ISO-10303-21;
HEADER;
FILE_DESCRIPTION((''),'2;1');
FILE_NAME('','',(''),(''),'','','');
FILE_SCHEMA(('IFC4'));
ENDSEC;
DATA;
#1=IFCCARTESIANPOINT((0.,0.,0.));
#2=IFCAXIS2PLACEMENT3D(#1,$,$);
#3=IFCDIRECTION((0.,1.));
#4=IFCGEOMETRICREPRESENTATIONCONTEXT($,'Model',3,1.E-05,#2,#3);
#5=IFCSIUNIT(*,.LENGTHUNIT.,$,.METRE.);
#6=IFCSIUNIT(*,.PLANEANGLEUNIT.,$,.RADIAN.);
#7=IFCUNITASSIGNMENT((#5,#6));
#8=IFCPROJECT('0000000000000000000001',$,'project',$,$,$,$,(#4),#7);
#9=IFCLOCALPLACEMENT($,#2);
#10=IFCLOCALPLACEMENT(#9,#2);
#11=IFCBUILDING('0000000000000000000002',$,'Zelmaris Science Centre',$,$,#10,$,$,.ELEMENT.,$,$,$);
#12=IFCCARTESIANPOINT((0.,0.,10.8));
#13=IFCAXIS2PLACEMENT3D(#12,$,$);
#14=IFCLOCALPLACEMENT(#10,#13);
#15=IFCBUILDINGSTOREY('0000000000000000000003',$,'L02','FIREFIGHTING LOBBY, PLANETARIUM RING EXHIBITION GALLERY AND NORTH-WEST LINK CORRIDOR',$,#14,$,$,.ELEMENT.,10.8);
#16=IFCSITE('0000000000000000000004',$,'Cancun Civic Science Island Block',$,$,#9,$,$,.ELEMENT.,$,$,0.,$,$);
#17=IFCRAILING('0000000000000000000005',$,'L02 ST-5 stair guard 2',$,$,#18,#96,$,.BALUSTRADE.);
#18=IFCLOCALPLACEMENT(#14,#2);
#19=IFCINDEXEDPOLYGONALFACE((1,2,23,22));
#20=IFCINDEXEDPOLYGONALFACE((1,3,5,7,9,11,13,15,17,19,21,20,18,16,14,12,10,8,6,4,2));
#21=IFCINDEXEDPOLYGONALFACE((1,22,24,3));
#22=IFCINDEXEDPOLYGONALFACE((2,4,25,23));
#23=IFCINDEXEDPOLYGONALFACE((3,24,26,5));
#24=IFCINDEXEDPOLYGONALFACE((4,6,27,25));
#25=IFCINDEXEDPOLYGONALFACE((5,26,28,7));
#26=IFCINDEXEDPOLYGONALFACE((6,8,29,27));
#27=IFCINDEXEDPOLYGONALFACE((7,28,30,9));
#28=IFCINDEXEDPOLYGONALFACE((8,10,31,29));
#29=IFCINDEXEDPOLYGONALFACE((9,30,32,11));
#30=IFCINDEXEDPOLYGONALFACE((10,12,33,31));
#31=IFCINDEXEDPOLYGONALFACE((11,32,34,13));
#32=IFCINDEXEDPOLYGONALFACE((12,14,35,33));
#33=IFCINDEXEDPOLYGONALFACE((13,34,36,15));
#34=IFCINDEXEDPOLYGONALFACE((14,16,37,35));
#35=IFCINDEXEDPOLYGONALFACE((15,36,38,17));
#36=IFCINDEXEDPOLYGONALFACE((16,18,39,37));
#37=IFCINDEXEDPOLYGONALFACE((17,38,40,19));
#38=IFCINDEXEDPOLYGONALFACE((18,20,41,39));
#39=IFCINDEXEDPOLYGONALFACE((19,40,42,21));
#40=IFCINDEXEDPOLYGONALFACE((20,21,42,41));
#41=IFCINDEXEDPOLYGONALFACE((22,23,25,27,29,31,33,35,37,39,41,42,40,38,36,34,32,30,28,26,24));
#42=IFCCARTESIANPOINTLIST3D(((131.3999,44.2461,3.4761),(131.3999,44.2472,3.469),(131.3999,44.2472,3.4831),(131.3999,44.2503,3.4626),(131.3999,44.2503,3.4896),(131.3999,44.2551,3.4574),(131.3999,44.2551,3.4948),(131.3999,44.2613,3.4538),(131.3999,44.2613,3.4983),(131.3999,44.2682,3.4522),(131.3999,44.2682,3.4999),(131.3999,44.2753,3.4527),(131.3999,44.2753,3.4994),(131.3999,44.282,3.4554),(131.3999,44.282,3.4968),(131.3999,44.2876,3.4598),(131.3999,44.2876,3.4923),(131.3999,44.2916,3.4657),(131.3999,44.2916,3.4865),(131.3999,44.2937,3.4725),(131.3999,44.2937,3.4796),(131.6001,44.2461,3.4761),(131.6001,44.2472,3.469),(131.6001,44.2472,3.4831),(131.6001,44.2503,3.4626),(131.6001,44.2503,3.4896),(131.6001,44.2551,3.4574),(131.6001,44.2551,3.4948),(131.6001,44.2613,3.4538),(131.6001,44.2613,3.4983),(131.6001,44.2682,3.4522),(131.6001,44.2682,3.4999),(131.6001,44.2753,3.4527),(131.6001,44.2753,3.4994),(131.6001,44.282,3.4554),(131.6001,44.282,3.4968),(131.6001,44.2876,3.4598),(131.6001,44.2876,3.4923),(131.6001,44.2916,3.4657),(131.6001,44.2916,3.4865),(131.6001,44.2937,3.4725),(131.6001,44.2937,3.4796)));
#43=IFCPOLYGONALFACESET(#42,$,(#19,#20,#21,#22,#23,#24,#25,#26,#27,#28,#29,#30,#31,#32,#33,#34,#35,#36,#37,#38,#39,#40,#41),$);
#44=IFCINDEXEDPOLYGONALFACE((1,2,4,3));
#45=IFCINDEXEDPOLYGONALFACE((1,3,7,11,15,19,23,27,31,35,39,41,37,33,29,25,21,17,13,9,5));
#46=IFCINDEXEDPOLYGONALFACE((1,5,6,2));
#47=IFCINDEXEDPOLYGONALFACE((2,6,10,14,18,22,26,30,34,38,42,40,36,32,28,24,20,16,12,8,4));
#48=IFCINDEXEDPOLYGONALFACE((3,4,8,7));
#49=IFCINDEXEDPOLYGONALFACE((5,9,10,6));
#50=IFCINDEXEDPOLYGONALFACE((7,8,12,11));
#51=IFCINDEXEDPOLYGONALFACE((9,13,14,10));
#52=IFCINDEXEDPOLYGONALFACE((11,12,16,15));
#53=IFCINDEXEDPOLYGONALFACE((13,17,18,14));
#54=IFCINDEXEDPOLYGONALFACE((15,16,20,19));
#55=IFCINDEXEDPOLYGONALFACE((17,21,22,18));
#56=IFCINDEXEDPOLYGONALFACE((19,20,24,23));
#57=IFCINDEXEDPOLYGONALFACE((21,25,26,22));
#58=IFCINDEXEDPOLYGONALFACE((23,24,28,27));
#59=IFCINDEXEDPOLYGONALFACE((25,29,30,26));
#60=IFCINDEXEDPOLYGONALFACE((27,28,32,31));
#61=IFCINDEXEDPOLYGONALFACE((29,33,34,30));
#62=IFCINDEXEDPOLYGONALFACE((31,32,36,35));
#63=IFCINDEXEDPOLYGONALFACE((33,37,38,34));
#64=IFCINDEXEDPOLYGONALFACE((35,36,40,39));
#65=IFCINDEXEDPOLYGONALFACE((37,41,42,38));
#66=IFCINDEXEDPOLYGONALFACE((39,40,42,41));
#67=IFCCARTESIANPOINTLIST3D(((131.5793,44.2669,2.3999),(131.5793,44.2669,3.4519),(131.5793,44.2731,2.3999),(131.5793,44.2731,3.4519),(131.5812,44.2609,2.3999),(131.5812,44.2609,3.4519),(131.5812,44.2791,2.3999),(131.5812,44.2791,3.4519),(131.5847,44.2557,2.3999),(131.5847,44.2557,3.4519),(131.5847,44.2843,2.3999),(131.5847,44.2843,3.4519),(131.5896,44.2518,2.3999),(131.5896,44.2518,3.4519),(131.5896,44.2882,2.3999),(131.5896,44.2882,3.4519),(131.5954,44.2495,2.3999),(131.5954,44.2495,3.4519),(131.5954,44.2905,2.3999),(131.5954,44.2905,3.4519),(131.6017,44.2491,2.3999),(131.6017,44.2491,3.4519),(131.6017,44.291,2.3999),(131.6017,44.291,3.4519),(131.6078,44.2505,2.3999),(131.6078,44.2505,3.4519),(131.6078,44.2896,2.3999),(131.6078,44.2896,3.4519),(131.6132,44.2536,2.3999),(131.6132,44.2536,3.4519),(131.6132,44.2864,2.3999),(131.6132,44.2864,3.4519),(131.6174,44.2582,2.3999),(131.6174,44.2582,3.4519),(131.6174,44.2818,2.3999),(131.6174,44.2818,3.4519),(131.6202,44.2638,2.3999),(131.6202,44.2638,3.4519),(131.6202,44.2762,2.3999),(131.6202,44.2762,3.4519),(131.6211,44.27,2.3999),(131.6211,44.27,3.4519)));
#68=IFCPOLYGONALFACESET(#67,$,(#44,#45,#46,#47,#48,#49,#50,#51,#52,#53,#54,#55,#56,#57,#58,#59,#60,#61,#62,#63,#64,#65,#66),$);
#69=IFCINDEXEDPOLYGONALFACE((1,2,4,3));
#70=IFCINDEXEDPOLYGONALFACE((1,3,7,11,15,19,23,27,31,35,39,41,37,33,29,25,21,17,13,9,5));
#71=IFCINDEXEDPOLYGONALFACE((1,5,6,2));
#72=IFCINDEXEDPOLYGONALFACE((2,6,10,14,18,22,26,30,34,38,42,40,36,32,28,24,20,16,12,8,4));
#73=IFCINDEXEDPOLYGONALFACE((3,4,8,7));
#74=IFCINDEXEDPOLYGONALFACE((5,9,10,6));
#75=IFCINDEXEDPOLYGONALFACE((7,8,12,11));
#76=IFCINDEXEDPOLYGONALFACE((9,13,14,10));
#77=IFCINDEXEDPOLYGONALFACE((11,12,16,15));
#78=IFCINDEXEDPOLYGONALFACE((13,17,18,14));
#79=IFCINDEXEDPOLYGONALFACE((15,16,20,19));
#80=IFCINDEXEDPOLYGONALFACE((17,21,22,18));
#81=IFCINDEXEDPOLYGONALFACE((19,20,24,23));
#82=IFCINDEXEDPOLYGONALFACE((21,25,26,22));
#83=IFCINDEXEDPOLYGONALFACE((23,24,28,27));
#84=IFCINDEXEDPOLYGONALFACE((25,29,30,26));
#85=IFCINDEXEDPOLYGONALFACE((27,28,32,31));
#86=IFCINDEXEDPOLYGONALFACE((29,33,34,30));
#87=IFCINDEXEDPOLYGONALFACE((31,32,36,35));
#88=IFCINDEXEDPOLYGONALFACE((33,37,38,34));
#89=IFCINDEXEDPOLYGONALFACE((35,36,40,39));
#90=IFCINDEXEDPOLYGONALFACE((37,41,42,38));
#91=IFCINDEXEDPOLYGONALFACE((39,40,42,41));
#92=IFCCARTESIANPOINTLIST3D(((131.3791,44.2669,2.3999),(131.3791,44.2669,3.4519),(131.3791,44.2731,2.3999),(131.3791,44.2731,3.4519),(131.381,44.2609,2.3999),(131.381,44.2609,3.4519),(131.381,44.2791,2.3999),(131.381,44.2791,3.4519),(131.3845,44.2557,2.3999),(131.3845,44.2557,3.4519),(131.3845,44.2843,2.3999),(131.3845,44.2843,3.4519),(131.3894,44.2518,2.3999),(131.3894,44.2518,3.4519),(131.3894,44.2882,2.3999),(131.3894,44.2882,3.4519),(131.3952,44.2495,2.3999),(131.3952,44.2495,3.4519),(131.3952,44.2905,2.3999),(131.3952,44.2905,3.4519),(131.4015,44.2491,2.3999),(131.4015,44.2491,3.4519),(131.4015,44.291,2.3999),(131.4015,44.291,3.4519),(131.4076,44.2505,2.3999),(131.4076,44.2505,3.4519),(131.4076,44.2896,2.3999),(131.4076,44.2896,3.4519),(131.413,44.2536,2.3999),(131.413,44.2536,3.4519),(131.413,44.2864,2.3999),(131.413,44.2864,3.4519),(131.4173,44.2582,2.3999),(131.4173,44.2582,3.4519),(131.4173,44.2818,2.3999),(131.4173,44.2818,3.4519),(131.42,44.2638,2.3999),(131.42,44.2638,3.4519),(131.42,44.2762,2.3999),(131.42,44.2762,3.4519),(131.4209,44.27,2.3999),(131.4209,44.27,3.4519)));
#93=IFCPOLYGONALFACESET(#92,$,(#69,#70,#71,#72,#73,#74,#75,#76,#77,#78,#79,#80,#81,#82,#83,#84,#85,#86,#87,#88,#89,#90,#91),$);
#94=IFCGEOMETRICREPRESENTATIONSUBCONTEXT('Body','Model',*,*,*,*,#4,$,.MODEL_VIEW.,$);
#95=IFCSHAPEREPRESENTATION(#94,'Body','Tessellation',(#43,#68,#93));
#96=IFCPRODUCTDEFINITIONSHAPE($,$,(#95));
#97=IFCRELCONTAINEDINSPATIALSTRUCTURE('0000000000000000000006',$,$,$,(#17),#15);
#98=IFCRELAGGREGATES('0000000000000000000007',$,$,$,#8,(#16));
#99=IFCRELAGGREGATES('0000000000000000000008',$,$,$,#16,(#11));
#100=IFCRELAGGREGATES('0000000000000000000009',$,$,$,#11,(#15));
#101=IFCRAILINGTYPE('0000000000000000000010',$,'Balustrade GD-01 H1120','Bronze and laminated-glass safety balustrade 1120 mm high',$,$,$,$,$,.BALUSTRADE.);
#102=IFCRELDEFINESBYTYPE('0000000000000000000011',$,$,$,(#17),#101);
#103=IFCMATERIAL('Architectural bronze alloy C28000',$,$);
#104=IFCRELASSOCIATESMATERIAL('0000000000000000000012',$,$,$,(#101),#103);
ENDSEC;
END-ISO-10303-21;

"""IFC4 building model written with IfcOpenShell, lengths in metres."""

from ifc_helpers import new_model, si_unit, direction, frame, origin, origin_2d, place, context, subcontext, project, spatial, circle, extrude, material, type_object, element, save


model = new_model("IFC4")

# Units and contexts
model_context = context("Model", 3, precision=1e-05, world=origin(), true_north=direction((0.0, 1.0)))
body_context = subcontext(model_context, "Body", "Model", "MODEL_VIEW")
ifc_project = project(units=[si_unit("LENGTHUNIT", "METRE"), si_unit("PLANEANGLEUNIT", "RADIAN")], contexts=[model_context])

# Site, building, storey
site_placement = place(None, origin())
site = spatial("IfcSite", under=ifc_project, at=site_placement, Name="Cancun Civic Science Island Block", CompositionType="ELEMENT", RefElevation=0.0)
building_placement = place(site_placement, origin())
building = spatial("IfcBuilding", under=site, at=building_placement, Name="Zelmaris Science Centre", CompositionType="ELEMENT")
storey_placement = place(building_placement, frame((0.0, 0.0, 10.8)))
storey = spatial("IfcBuildingStorey", under=building, at=storey_placement, Name="L02", Description="FIREFIGHTING LOBBY, PLANETARIUM RING EXHIBITION GALLERY AND NORTH-WEST LINK CORRIDOR", CompositionType="ELEMENT", Elevation=10.8)

# Railing
ifc_material_1 = material(Name="Architectural bronze alloy C28000")
railing_type_1 = type_object("IfcRailingType", Name="Balustrade GD-01 H1120", Description="Bronze and laminated-glass safety balustrade 1120 mm high", PredefinedType="BALUSTRADE", material=ifc_material_1)
railing_1_placement = place(storey_placement, frame((131.6001, 44.27, 2.3999)))
element("IfcRailing", 1, at=railing_1_placement, inside=storey, type_object=railing_type_1, Name="L02 ST-5 stair guard 2", PredefinedType="BALUSTRADE", context=body_context, shape_type="SweptSolid", body=[
    extrude(circle(Radius=0.0239, at=origin_2d()), frame((0.0, 0.0, 1.0762), z_axis=(-1.0, 0.0, 0.0), x_axis=(0.0, -1.0, 0.0)), (0.0, 0.0, 1.0), 0.2002),
    extrude(circle(Radius=0.021, at=origin_2d()), origin(), (0.0, 0.0, 1.0), 1.052),
    extrude(circle(Radius=0.021, at=origin_2d()), frame((-0.2002, 0.0, 0.0)), (0.0, 0.0, 1.0), 1.052),
])

save(model, "model.ifc")
